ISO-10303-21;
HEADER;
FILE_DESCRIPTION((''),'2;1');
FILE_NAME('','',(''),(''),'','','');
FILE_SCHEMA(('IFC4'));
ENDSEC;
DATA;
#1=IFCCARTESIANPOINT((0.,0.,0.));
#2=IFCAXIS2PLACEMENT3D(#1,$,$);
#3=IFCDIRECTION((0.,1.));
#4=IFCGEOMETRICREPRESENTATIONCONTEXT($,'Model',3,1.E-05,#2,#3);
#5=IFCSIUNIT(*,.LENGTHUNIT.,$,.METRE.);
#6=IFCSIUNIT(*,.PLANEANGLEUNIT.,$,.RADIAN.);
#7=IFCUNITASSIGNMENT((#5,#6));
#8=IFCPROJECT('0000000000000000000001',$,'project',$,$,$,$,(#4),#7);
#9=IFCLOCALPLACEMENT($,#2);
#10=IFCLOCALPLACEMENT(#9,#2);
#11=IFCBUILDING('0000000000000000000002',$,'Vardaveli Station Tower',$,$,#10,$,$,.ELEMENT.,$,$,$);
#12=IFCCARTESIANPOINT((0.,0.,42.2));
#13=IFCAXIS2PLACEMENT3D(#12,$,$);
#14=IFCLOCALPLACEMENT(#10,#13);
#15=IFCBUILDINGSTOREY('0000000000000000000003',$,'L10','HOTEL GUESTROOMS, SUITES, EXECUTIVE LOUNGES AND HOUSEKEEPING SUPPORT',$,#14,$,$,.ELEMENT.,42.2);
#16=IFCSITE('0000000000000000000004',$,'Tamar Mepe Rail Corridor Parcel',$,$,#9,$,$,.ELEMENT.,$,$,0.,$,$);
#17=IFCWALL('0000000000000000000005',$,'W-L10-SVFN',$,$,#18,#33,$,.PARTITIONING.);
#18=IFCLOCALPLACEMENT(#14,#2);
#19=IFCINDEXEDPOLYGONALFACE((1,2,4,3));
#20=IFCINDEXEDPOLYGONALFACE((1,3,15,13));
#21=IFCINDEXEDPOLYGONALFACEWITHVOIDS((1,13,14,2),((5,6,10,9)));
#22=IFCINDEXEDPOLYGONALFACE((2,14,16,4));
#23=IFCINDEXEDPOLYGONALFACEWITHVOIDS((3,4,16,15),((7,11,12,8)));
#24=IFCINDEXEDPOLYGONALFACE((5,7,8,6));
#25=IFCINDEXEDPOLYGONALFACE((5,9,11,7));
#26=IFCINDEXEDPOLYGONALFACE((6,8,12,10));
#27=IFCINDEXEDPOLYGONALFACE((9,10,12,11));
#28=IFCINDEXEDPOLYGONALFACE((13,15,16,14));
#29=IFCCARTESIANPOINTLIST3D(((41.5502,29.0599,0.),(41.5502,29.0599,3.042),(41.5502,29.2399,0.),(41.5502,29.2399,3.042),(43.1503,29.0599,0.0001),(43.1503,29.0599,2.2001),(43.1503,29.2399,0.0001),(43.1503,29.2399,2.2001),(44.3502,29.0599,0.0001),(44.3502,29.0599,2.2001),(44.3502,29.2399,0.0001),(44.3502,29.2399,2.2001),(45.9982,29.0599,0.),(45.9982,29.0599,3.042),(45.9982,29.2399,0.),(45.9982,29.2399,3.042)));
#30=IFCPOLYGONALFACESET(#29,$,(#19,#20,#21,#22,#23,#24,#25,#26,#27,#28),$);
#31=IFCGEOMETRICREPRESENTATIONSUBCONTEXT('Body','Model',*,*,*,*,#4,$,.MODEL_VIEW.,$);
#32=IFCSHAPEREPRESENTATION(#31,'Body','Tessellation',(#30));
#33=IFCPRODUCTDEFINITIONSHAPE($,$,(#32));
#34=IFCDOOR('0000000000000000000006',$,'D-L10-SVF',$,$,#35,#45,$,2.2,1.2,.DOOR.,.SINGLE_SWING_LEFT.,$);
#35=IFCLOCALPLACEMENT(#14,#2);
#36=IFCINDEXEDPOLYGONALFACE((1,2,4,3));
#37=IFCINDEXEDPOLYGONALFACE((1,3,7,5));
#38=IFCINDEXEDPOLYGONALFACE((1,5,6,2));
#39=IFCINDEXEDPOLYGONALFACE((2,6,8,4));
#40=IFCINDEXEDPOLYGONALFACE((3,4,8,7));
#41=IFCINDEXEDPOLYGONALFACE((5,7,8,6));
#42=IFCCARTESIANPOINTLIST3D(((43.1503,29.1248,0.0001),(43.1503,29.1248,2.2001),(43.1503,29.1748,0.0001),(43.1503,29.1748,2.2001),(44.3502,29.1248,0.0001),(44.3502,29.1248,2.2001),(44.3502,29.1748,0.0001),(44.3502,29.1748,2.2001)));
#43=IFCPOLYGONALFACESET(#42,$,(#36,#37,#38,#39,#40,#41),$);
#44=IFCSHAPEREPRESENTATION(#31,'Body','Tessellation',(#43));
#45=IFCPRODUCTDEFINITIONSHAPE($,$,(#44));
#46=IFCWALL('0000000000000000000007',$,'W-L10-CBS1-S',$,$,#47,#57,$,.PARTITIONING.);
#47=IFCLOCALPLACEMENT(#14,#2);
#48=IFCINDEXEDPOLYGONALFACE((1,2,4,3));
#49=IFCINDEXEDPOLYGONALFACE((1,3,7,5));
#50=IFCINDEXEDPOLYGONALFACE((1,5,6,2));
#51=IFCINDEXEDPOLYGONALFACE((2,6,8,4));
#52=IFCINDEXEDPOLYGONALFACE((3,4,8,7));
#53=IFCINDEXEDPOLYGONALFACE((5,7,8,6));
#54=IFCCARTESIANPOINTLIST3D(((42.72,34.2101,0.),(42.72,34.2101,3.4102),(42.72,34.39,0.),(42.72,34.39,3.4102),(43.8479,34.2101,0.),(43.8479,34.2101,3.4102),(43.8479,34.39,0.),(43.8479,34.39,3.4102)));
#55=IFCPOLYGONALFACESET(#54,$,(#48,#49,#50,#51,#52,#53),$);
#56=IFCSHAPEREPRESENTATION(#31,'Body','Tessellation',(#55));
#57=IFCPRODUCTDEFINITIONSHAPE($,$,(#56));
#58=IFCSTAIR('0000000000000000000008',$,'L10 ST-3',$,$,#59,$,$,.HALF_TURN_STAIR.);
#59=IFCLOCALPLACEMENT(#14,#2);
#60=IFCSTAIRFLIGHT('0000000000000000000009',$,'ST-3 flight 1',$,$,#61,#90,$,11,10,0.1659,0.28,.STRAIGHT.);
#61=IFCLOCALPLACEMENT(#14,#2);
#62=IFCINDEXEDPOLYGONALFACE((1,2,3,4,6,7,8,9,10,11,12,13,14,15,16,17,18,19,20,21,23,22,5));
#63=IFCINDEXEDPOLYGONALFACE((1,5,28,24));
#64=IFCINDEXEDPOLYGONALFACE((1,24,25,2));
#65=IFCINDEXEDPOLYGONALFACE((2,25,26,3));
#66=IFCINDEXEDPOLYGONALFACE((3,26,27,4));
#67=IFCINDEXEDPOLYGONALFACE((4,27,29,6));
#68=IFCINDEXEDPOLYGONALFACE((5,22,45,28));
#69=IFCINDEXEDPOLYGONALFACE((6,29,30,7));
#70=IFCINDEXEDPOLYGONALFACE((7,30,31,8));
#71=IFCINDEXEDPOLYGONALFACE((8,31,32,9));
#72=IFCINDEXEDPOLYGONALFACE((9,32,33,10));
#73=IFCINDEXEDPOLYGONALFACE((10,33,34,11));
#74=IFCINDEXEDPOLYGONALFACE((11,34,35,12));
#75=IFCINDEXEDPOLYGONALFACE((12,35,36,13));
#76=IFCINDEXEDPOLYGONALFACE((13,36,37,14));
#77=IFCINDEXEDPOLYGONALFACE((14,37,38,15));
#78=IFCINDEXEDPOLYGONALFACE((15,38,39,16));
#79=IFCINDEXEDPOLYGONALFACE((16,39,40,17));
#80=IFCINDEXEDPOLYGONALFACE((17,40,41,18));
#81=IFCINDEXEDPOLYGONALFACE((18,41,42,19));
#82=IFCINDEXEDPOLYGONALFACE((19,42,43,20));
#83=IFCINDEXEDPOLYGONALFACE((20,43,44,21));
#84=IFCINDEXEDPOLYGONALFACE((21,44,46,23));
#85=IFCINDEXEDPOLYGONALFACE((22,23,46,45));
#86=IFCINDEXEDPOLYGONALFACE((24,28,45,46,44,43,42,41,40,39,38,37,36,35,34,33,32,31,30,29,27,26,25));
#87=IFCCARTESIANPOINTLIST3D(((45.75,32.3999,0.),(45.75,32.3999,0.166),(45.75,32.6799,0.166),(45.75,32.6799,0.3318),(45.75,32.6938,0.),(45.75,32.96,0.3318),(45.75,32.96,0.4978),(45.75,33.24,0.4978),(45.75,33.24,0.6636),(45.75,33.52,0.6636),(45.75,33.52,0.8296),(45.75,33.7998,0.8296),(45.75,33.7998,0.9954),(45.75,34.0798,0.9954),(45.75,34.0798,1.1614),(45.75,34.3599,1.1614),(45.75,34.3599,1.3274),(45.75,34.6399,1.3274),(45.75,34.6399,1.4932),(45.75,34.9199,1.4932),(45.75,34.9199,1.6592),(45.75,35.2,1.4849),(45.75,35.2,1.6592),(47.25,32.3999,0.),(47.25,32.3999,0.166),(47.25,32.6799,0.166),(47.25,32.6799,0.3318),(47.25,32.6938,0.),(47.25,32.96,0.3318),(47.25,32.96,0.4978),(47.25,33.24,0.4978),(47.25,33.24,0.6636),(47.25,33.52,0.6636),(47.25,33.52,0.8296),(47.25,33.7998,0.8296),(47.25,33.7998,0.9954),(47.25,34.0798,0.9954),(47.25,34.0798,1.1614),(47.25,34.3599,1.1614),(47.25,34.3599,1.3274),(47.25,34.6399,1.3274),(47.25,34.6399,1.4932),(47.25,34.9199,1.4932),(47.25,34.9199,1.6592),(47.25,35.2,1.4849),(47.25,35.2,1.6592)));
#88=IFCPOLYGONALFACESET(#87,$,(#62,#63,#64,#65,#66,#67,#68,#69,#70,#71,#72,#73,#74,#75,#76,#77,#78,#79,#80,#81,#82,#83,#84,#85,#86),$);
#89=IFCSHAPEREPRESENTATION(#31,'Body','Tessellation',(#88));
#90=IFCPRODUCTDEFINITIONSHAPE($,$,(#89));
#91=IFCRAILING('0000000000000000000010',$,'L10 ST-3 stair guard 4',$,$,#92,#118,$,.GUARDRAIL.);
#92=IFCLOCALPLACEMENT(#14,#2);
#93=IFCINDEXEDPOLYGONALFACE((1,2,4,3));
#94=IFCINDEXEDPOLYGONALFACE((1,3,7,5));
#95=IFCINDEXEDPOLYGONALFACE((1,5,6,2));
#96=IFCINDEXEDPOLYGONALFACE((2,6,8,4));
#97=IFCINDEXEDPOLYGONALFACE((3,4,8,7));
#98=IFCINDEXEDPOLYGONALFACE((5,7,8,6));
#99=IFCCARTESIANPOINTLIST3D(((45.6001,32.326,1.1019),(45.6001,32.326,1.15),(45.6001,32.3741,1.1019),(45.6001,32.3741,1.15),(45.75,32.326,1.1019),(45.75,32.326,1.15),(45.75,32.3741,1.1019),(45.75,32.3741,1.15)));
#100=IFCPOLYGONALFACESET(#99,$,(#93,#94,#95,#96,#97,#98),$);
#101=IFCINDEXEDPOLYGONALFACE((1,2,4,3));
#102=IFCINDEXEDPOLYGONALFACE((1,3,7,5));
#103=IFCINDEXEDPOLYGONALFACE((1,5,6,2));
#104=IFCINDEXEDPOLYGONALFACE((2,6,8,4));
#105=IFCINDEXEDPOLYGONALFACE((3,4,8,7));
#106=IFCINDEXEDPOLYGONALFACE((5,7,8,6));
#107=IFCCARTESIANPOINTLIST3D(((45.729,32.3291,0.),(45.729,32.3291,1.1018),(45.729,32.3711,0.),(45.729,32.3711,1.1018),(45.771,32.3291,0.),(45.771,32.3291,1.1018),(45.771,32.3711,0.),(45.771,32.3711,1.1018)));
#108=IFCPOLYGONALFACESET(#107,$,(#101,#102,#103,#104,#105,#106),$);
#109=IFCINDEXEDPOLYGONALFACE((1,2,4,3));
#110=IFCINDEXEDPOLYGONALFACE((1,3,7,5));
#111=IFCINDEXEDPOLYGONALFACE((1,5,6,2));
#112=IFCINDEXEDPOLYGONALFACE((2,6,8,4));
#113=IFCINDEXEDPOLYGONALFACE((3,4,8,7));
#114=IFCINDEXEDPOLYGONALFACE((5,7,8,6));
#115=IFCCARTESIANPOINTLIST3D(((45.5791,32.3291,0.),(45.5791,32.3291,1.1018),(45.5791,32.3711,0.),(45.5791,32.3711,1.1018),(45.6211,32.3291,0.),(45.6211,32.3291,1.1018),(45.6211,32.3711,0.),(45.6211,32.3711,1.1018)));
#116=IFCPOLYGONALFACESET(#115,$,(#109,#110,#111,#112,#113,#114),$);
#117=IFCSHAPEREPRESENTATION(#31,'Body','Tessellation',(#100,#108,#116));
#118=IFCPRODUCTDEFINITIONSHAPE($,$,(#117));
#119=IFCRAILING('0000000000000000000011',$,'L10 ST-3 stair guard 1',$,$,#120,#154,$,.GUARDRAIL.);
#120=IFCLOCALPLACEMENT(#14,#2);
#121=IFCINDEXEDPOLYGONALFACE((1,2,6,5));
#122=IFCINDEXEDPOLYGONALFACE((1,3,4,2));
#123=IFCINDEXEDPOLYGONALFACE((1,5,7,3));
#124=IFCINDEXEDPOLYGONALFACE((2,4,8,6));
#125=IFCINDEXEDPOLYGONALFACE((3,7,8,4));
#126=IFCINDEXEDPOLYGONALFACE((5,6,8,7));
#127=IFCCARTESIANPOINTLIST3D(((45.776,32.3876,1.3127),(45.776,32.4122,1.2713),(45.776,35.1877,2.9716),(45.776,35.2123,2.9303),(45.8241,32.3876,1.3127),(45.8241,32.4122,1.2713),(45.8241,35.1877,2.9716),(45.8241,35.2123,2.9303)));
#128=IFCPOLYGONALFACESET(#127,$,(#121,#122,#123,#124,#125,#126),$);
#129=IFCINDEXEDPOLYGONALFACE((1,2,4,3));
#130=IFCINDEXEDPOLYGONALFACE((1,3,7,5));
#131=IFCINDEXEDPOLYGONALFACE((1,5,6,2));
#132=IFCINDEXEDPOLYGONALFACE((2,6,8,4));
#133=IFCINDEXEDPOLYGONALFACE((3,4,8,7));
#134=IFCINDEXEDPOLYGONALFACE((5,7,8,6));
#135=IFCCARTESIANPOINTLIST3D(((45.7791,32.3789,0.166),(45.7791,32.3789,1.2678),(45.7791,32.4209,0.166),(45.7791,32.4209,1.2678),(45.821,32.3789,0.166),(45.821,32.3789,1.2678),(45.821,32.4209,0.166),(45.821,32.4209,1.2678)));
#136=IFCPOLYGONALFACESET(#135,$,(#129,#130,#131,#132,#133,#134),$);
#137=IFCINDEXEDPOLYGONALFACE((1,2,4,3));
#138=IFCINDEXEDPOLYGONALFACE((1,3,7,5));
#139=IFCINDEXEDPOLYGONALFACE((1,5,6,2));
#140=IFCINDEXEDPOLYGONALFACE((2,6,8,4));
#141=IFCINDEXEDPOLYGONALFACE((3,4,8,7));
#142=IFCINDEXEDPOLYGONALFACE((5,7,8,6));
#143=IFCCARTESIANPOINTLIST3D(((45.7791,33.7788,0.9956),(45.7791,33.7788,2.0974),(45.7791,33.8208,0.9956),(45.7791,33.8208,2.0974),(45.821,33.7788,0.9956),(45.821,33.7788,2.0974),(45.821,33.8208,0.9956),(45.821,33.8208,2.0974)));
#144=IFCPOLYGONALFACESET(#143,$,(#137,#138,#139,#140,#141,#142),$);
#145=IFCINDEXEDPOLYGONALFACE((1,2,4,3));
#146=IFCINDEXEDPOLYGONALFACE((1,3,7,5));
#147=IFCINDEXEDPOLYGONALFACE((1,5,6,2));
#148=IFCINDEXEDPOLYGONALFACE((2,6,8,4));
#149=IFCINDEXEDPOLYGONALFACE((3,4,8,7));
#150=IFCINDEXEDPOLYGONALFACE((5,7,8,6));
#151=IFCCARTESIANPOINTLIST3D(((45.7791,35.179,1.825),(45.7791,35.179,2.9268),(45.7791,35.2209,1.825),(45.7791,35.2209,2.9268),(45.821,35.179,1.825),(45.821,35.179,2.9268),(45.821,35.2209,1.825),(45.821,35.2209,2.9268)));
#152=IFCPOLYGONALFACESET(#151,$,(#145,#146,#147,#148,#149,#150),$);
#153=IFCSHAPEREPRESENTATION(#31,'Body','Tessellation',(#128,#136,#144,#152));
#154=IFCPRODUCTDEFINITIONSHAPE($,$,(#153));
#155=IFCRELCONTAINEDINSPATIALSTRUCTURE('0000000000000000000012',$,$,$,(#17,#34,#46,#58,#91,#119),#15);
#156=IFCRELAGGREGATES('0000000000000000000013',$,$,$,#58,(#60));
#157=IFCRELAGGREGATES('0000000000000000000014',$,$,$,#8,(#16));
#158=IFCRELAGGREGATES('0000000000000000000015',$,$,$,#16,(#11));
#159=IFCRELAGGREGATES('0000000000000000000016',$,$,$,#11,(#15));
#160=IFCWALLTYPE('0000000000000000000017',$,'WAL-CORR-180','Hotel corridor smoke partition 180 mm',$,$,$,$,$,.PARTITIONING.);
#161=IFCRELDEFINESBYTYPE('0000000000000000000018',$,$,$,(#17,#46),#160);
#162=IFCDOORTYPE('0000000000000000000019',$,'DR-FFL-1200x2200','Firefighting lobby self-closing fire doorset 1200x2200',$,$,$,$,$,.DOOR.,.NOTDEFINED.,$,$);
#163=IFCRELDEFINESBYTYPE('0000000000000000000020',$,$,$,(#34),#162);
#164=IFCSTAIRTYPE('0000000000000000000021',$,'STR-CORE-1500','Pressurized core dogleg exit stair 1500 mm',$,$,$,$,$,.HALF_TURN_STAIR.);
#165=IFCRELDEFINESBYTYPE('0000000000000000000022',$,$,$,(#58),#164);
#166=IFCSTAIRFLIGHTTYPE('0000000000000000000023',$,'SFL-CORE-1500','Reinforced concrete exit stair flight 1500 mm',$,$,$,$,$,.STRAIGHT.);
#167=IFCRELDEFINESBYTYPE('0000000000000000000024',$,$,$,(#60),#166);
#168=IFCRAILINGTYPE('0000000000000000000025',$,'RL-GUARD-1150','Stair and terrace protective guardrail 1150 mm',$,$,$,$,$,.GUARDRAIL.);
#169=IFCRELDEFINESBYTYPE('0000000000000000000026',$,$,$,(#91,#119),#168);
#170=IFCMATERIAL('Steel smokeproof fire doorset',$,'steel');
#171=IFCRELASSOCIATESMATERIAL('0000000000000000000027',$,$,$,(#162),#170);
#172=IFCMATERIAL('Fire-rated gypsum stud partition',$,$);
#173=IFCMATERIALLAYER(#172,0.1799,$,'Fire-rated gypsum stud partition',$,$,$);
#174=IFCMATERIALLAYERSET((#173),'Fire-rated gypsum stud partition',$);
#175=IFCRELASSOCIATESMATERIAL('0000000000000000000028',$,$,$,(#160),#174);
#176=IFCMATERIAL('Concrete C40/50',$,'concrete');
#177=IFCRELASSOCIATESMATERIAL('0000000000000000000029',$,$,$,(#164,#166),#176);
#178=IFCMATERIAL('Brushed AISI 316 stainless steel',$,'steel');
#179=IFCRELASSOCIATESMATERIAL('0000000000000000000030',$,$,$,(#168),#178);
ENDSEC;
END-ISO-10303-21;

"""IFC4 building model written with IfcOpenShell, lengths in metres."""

from ifc_helpers import new_model, si_unit, direction, frame, frame_2d, origin, origin_2d, place, context, subcontext, project, spatial, polyline, rectangle, outline, extrude, source, transform, mapped, material, layer, layer_set, type_object, element, fill, aggregate, save


model = new_model("IFC4")

# Units and contexts
model_context = context("Model", 3, precision=1e-05, world=origin(), true_north=direction((0.0, 1.0)))
body_context = subcontext(model_context, "Body", "Model", "MODEL_VIEW")
ifc_project = project(units=[si_unit("LENGTHUNIT", "METRE"), si_unit("PLANEANGLEUNIT", "RADIAN")], contexts=[model_context])

# Site, building, storey
site_placement = place(None, origin())
site = spatial("IfcSite", under=ifc_project, at=site_placement, Name="Tamar Mepe Rail Corridor Parcel", CompositionType="ELEMENT", RefElevation=0.0)
building_placement = place(site_placement, origin())
building = spatial("IfcBuilding", under=site, at=building_placement, Name="Vardaveli Station Tower", CompositionType="ELEMENT")
storey_placement = place(building_placement, frame((0.0, 0.0, 42.2)))
storey = spatial("IfcBuildingStorey", under=building, at=storey_placement, Name="L10", Description="HOTEL GUESTROOMS, SUITES, EXECUTIVE LOUNGES AND HOUSEKEEPING SUPPORT", CompositionType="ELEMENT", Elevation=42.2)

# Shared definitions
ifc_material_1 = material(Name="Concrete C40/50", Category="concrete")

# Wall, opening, door
ifc_material_2 = material(Name="Steel smokeproof fire doorset", Category="steel")
door_type_1 = type_object("IfcDoorType", Name="DR-FFL-1200x2200", Description="Firefighting lobby self-closing fire doorset 1200x2200", OperationType="NOTDEFINED", PredefinedType="DOOR", material=ifc_material_2)
shared_shape_1 = source(origin(), body_context, "Body", "SweptSolid", [
    extrude(rectangle(XDim=1.2, YDim=2.2, at=frame_2d((0.6001, 1.1001))), frame((0.0, 0.0249, 0.0), z_axis=(0.0, -1.0, 0.0), x_axis=(1.0, 0.0, 0.0)), (0.0, 0.0, 1.0), 0.05),
])
ifc_material_3 = material(Name="Fire-rated gypsum stud partition")
ifc_layer_1 = layer(ifc_material_3, 0.1799, Name="Fire-rated gypsum stud partition")
ifc_layer_set_1 = layer_set([ifc_layer_1], Name="Fire-rated gypsum stud partition")
wall_type_1 = type_object("IfcWallType", Name="WAL-CORR-180", Description="Hotel corridor smoke partition 180 mm", PredefinedType="PARTITIONING", material=ifc_layer_set_1)
shared_shape_2 = source(origin(), body_context, "Body", "SweptSolid", [
    extrude(rectangle(XDim=4.448, YDim=0.1799, at=frame_2d((2.2241, 0.0))), origin(), (0.0, 0.0, 1.0), 3.042),
])
wall_1_placement = place(storey_placement, frame((41.55, 29.1499, 0.0), z_axis=(0.0, 0.0, 1.0), x_axis=(1.0, 0.0, 0.0)))
wall_1 = element("IfcWall", 1, at=wall_1_placement, inside=storey, type_object=wall_type_1, Name="W-L10-SVFN", PredefinedType="PARTITIONING", context=body_context, shape_type="MappedRepresentation", body=[
    mapped(shared_shape_2, transform((0.0, 0.0, 0.0), scale=1.0)),
])
shared_shape_3 = source(origin(), body_context, "Body", "SweptSolid", [
    extrude(rectangle(XDim=1.2, YDim=2.2, at=frame_2d((0.6001, 1.1001))), frame((0.0, 0.1001, 0.0), z_axis=(0.0, -1.0, 0.0), x_axis=(1.0, 0.0, 0.0)), (0.0, 0.0, 1.0), 0.2),
])
opening_1_placement = place(wall_1_placement, frame((1.6001, 0.0, 0.0)))
opening_1 = element("IfcOpeningElement", 2, at=opening_1_placement, cuts=wall_1, PredefinedType="OPENING", context=body_context, shape_type="MappedRepresentation", body=[
    mapped(shared_shape_3, transform((0.0, 0.0, 0.0), scale=1.0)),
])
door_1_placement = place(opening_1_placement, origin())
door_1 = element("IfcDoor", 3, at=door_1_placement, inside=storey, type_object=door_type_1, Name="D-L10-SVF", OperationType="SINGLE_SWING_LEFT", OverallHeight=2.2, OverallWidth=1.2, PredefinedType="DOOR", context=body_context, shape_type="MappedRepresentation", body=[
    mapped(shared_shape_1, transform((0.0, 0.0, 0.0), scale=1.0)),
])
fill(opening_1, door_1)

# Wall
shared_shape_4 = source(origin(), body_context, "Body", "SweptSolid", [
    extrude(rectangle(XDim=1.1279, YDim=0.1799, at=frame_2d((0.564, 0.0))), origin(), (0.0, 0.0, 1.0), 3.4102),
])
wall_2_placement = place(storey_placement, frame((42.72, 34.3, 0.0), z_axis=(0.0, 0.0, 1.0), x_axis=(1.0, 0.0, 0.0)))
element("IfcWall", 4, at=wall_2_placement, inside=storey, type_object=wall_type_1, Name="W-L10-CBS1-S", PredefinedType="PARTITIONING", context=body_context, shape_type="MappedRepresentation", body=[
    mapped(shared_shape_4, transform((0.0, 0.0, 0.0), scale=1.0)),
])

# Stair, stair flight
stair_type = type_object("IfcStairType", Name="STR-CORE-1500", Description="Pressurized core dogleg exit stair 1500 mm", PredefinedType="HALF_TURN_STAIR", material=ifc_material_1)
stair_placement = place(storey_placement, origin())
stair = element("IfcStair", 5, at=stair_placement, inside=storey, type_object=stair_type, Name="L10 ST-3", PredefinedType="HALF_TURN_STAIR")
stair_flight_type = type_object("IfcStairFlightType", Name="SFL-CORE-1500", Description="Reinforced concrete exit stair flight 1500 mm", PredefinedType="STRAIGHT", material=ifc_material_1)
shared_shape_5 = source(origin(), body_context, "Body", "SweptSolid", [
    extrude(outline(polyline([(0.0, 0.0), (0.0, 0.166), (0.28, 0.166), (0.28, 0.3318), (0.5601, 0.3318), (0.5601, 0.4978), (0.8401, 0.4978), (0.8401, 0.6636), (1.1201, 0.6636), (1.1201, 0.8296), (1.3999, 0.8296), (1.3999, 0.9954), (1.6799, 0.9954), (1.6799, 1.1614), (1.96, 1.1614), (1.96, 1.3274), (2.24, 1.3274), (2.24, 1.4932), (2.52, 1.4932), (2.52, 1.6592), (2.8, 1.6592), (2.8, 1.825), (2.8, 1.4849), (0.2939, 0.0), (0.0, 0.0)])), frame((0.0, 0.75, 0.0), z_axis=(0.0, -1.0, 0.0), x_axis=(1.0, 0.0, 0.0)), (0.0, 0.0, 1.0), 1.5),
])
stair_flight_placement = place(storey_placement, frame((46.5, 32.3999, 0.0), z_axis=(0.0, 0.0, 1.0), x_axis=(0.0, 1.0, 0.0)))
stair_flight = element("IfcStairFlight", 6, at=stair_flight_placement, type_object=stair_flight_type, Name="ST-3 flight 1", NumberOfRisers=11, NumberOfTreads=10, PredefinedType="STRAIGHT", RiserHeight=0.1659, TreadLength=0.28, context=body_context, shape_type="MappedRepresentation", body=[
    mapped(shared_shape_5, transform((0.0, 0.0, 0.0), scale=1.0)),
])
aggregate(stair, [stair_flight])

# Railings
ifc_material_4 = material(Name="Brushed AISI 316 stainless steel", Category="steel")
railing_type_1 = type_object("IfcRailingType", Name="RL-GUARD-1150", Description="Stair and terrace protective guardrail 1150 mm", PredefinedType="GUARDRAIL", material=ifc_material_4)
shared_shape_6 = source(origin(), body_context, "Body", "SweptSolid", [
    extrude(rectangle(XDim=0.0481, YDim=0.0481, at=origin_2d()), frame((0.0, 0.0, 1.126), z_axis=(-1.0, 0.0, 0.0), x_axis=(0.0, -1.0, 0.0)), (0.0, 0.0, 1.0), 0.1499),
    extrude(rectangle(XDim=0.042, YDim=0.042, at=origin_2d()), origin(), (0.0, 0.0, 1.0), 1.1018),
    extrude(rectangle(XDim=0.042, YDim=0.042, at=origin_2d()), frame((-0.1499, 0.0, 0.0)), (0.0, 0.0, 1.0), 1.1018),
])
railing_1_placement = place(storey_placement, frame((45.75, 32.3501, 0.0)))
element("IfcRailing", 7, at=railing_1_placement, inside=storey, type_object=railing_type_1, Name="L10 ST-3 stair guard 4", PredefinedType="GUARDRAIL", context=body_context, shape_type="MappedRepresentation", body=[
    mapped(shared_shape_6, transform((0.0, 0.0, 0.0), scale=1.0)),
])
shared_shape_7 = source(origin(), body_context, "Body", "SweptSolid", [
    extrude(rectangle(XDim=0.0481, YDim=0.0481, at=origin_2d()), frame((0.0, 0.0, 1.126), z_axis=(0.0, 0.860339, 0.509722), x_axis=(-1.0, 0.0, 0.0)), (0.0, 0.0, 1.0), 3.2546),
    extrude(rectangle(XDim=0.042, YDim=0.042, at=origin_2d()), origin(), (0.0, 0.0, 1.0), 1.1018),
    extrude(rectangle(XDim=0.042, YDim=0.042, at=origin_2d()), frame((0.0, 1.3999, 0.8296)), (0.0, 0.0, 1.0), 1.1018),
    extrude(rectangle(XDim=0.042, YDim=0.042, at=origin_2d()), frame((0.0, 2.8, 1.6589)), (0.0, 0.0, 1.0), 1.1018),
])
railing_2_placement = place(storey_placement, frame((45.8, 32.3999, 0.166)))
element("IfcRailing", 8, at=railing_2_placement, inside=storey, type_object=railing_type_1, Name="L10 ST-3 stair guard 1", PredefinedType="GUARDRAIL", context=body_context, shape_type="MappedRepresentation", body=[
    mapped(shared_shape_7, transform((0.0, 0.0, 0.0), scale=1.0)),
])

save(model, "model.ifc")
